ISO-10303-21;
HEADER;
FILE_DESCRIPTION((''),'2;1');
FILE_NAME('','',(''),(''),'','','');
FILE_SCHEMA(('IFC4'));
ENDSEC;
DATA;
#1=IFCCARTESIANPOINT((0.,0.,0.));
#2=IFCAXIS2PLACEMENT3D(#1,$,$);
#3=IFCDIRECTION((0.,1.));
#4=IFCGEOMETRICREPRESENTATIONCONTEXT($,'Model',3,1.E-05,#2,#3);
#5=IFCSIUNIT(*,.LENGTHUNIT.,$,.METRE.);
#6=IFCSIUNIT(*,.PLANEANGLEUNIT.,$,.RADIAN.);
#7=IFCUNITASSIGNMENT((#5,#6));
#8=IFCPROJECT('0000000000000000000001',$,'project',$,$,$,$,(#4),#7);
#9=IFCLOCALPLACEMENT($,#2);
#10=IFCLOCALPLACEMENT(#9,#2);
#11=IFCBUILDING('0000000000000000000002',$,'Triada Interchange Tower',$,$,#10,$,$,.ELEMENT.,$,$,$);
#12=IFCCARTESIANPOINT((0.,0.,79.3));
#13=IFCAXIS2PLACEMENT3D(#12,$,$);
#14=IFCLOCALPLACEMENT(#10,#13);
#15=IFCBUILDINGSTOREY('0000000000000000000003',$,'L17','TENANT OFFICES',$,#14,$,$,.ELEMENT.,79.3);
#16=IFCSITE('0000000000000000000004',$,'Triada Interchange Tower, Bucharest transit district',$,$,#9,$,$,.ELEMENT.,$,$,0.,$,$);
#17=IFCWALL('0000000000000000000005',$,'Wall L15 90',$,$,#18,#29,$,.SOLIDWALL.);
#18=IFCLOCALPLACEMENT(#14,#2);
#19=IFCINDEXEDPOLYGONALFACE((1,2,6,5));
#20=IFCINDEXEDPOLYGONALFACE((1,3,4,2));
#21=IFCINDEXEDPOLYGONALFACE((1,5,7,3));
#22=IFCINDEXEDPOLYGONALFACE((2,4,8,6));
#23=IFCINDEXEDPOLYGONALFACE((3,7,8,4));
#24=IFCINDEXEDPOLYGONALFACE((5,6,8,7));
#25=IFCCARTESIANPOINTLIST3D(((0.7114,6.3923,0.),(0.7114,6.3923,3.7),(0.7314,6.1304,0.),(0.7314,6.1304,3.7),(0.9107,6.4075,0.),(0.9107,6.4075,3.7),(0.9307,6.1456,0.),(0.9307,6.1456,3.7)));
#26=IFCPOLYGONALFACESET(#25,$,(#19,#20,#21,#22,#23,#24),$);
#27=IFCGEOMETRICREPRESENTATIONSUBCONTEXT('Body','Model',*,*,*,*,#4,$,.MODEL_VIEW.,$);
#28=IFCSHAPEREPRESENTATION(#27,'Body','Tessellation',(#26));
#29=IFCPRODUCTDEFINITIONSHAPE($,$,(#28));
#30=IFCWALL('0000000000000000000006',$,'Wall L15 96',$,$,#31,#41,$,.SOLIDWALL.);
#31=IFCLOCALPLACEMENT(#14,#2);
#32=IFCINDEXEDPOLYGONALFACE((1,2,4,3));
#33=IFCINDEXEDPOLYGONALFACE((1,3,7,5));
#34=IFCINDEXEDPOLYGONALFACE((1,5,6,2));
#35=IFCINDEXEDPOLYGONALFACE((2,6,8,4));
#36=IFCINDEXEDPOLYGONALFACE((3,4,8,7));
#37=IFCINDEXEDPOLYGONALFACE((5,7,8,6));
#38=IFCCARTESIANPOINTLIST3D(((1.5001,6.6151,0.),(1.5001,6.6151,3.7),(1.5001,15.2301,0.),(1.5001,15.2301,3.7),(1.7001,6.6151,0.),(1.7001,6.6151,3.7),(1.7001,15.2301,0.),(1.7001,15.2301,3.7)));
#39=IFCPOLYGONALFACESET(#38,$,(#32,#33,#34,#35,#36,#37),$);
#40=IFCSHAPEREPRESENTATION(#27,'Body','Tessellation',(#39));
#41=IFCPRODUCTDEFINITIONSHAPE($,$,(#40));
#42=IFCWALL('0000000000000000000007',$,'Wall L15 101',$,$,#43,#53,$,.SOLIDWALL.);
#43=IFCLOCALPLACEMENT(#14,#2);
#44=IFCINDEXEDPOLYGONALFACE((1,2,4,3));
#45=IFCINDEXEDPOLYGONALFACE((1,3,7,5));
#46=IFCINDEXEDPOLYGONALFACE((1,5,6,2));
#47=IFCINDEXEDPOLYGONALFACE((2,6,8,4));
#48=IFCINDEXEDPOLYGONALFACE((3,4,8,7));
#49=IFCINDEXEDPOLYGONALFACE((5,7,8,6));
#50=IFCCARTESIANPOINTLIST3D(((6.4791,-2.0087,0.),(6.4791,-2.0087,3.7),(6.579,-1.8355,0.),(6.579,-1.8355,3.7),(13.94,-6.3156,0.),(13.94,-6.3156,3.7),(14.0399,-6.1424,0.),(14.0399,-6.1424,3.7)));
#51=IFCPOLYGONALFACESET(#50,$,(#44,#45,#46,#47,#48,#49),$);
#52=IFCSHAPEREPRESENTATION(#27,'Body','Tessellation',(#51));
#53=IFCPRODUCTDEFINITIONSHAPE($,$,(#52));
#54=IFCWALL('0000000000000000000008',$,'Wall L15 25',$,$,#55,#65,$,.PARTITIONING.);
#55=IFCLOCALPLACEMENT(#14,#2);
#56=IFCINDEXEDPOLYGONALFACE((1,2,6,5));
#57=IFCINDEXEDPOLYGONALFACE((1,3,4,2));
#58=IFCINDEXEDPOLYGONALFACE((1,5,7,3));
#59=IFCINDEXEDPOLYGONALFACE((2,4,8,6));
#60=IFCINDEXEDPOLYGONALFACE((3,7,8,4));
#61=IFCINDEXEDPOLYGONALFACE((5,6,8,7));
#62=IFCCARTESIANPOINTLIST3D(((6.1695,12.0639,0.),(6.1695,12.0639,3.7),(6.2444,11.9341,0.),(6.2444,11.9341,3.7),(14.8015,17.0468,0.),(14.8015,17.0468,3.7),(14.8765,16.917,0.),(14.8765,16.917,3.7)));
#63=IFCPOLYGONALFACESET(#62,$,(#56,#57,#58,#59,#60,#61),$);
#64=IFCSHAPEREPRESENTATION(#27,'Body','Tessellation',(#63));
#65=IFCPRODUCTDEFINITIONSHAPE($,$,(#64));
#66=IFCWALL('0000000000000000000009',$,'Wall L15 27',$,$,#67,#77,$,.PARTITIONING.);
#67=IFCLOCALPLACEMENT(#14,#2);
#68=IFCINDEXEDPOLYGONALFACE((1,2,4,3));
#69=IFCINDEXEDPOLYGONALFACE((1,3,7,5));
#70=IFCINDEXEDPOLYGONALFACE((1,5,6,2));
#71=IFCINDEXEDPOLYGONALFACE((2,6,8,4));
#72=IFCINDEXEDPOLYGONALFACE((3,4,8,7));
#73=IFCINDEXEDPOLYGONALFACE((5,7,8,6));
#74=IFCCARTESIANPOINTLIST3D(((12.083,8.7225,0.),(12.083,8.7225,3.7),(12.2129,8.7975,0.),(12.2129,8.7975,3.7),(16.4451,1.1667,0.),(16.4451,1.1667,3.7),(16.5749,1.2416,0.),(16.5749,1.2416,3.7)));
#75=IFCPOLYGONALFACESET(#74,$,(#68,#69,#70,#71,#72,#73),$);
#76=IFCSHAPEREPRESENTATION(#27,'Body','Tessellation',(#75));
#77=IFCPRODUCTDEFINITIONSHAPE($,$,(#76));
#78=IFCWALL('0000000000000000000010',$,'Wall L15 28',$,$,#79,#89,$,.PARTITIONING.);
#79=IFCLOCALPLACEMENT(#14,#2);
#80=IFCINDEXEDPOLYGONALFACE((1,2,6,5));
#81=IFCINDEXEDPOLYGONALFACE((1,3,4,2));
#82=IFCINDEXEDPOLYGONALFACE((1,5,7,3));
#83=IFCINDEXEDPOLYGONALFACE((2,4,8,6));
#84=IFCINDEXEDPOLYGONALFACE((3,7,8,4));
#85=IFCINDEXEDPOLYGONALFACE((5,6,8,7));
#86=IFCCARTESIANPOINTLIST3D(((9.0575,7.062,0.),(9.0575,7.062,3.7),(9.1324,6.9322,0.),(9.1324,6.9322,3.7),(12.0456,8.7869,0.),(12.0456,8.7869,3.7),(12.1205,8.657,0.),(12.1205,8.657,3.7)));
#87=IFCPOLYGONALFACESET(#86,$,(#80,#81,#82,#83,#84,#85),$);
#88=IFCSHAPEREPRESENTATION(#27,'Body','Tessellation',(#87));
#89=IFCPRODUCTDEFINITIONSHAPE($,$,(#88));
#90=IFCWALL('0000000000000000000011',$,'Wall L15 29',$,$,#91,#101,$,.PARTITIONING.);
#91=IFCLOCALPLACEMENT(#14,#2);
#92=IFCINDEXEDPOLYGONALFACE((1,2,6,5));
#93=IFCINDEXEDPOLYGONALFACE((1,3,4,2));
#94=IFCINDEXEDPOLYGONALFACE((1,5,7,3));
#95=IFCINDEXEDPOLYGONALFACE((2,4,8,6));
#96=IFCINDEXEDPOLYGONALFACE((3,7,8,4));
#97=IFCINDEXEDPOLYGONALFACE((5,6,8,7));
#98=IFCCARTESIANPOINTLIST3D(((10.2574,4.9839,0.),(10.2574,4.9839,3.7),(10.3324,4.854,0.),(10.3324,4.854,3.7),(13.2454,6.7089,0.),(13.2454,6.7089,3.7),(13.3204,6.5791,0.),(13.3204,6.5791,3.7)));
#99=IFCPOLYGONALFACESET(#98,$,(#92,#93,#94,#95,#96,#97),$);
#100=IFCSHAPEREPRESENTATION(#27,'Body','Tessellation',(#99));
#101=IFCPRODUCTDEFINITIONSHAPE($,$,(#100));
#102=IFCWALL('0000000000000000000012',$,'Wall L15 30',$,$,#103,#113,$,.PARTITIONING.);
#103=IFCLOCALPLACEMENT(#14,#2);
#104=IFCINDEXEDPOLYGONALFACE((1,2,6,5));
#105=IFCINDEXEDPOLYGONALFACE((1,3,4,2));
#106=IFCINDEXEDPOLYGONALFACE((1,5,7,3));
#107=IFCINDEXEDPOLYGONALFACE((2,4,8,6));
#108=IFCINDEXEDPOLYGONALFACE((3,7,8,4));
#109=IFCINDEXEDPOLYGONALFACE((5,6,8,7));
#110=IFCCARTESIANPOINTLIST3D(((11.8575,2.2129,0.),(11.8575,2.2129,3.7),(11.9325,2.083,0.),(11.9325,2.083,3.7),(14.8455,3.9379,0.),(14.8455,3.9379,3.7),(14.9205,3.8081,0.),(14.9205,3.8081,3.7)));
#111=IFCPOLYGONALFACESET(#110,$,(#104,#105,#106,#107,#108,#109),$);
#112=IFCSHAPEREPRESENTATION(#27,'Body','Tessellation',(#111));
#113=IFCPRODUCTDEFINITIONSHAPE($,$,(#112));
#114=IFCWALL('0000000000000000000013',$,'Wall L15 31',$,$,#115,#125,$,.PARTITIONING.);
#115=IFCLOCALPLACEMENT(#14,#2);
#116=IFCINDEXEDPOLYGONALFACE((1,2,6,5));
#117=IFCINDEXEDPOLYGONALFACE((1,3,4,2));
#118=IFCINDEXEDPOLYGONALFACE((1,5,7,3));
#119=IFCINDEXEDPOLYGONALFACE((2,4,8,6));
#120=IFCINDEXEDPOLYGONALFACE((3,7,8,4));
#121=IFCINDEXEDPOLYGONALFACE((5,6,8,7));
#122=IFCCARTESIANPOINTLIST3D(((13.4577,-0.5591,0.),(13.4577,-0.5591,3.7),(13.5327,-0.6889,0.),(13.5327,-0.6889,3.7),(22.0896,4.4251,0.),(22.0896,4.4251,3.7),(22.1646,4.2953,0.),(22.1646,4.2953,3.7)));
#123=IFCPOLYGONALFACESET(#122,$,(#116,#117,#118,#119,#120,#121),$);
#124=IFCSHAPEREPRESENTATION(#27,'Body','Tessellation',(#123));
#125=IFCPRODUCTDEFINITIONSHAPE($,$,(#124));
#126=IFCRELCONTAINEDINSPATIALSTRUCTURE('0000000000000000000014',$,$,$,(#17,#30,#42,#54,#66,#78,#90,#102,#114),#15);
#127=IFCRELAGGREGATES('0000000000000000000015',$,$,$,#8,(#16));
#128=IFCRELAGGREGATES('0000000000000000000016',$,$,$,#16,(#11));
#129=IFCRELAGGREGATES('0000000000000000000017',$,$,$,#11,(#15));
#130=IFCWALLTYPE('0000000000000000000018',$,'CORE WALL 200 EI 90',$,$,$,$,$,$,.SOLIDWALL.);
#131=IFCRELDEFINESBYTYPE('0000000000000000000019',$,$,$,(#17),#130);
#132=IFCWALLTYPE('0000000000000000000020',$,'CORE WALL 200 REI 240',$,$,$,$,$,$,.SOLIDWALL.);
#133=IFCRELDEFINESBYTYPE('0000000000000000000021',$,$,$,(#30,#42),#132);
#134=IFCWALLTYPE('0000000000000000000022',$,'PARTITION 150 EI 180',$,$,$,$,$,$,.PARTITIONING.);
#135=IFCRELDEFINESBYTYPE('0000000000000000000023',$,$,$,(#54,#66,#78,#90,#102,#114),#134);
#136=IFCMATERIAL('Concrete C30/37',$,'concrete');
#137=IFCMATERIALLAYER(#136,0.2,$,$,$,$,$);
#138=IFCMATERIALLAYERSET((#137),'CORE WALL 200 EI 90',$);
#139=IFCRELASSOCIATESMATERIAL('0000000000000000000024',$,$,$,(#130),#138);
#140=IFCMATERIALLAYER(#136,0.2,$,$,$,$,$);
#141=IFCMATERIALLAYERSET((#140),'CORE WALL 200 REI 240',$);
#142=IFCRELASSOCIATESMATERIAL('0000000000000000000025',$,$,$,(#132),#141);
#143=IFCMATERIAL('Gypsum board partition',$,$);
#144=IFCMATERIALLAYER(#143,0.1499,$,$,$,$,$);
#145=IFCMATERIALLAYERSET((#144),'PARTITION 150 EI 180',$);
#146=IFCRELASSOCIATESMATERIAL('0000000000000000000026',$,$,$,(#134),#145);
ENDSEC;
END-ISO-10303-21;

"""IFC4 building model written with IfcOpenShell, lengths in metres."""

from ifc_helpers import new_model, si_unit, direction, frame, frame_2d, origin, place, context, subcontext, project, spatial, rectangle, extrude, material, layer, layer_set, type_object, element, save


model = new_model("IFC4")

# Units and contexts
model_context = context("Model", 3, precision=1e-05, world=origin(), true_north=direction((0.0, 1.0)))
body_context = subcontext(model_context, "Body", "Model", "MODEL_VIEW")
ifc_project = project(units=[si_unit("LENGTHUNIT", "METRE"), si_unit("PLANEANGLEUNIT", "RADIAN")], contexts=[model_context])

# Site, building, storey
site_placement = place(None, origin())
site = spatial("IfcSite", under=ifc_project, at=site_placement, Name="Triada Interchange Tower, Bucharest transit district", CompositionType="ELEMENT", RefElevation=0.0)
building_placement = place(site_placement, origin())
building = spatial("IfcBuilding", under=site, at=building_placement, Name="Triada Interchange Tower", CompositionType="ELEMENT")
storey_placement = place(building_placement, frame((0.0, 0.0, 79.3)))
storey = spatial("IfcBuildingStorey", under=building, at=storey_placement, Name="L17", Description="TENANT OFFICES", CompositionType="ELEMENT", Elevation=79.3)

# Shared definitions
ifc_material_1 = material(Name="Concrete C30/37", Category="concrete")

# Walls
ifc_layer_1 = layer(ifc_material_1, 0.2)
ifc_layer_set_1 = layer_set([ifc_layer_1], Name="CORE WALL 200 EI 90")
wall_type_1 = type_object("IfcWallType", Name="CORE WALL 200 EI 90", PredefinedType="SOLIDWALL", material=ifc_layer_set_1)
wall_1_placement = place(storey_placement, frame((0.811, 6.3999, 0.0), z_axis=(0.0, 0.0, 1.0), x_axis=(0.076199, -0.997093, 0.0)))
element("IfcWall", 1, at=wall_1_placement, inside=storey, type_object=wall_type_1, Name="Wall L15 90", PredefinedType="SOLIDWALL", context=body_context, shape_type="SweptSolid", body=[
    extrude(rectangle(XDim=0.2627, YDim=0.2, at=frame_2d((0.1313, 0.0))), origin(), (0.0, 0.0, 1.0), 3.7),
])
ifc_layer_2 = layer(ifc_material_1, 0.2)
ifc_layer_set_2 = layer_set([ifc_layer_2], Name="CORE WALL 200 REI 240")
wall_type_2 = type_object("IfcWallType", Name="CORE WALL 200 REI 240", PredefinedType="SOLIDWALL", material=ifc_layer_set_2)
wall_2_placement = place(storey_placement, frame((1.6001, 6.615, 0.0), z_axis=(0.0, 0.0, 1.0), x_axis=(0.0, 1.0, 0.0)))
element("IfcWall", 2, at=wall_2_placement, inside=storey, type_object=wall_type_2, Name="Wall L15 96", PredefinedType="SOLIDWALL", context=body_context, shape_type="SweptSolid", body=[
    extrude(rectangle(XDim=8.615, YDim=0.2, at=frame_2d((4.3076, 0.0))), origin(), (0.0, 0.0, 1.0), 3.7),
])
wall_3_placement = place(storey_placement, frame((6.5291, -1.9221, 0.0), z_axis=(0.0, 0.0, 1.0), x_axis=(0.86606, -0.49994, 0.0)))
element("IfcWall", 3, at=wall_3_placement, inside=storey, type_object=wall_type_2, Name="Wall L15 101", PredefinedType="SOLIDWALL", context=body_context, shape_type="SweptSolid", body=[
    extrude(rectangle(XDim=8.6147, YDim=0.2, at=frame_2d((4.3074, 0.0))), origin(), (0.0, 0.0, 1.0), 3.7),
])
ifc_material_2 = material(Name="Gypsum board partition")
ifc_layer_3 = layer(ifc_material_2, 0.1499)
ifc_layer_set_3 = layer_set([ifc_layer_3], Name="PARTITION 150 EI 180")
wall_type_3 = type_object("IfcWallType", Name="PARTITION 150 EI 180", PredefinedType="PARTITIONING", material=ifc_layer_set_3)
wall_4_placement = place(storey_placement, frame((6.207, 11.999, 0.0), z_axis=(0.0, 0.0, 1.0), x_axis=(0.866061, 0.499938, 0.0)))
element("IfcWall", 4, at=wall_4_placement, inside=storey, type_object=wall_type_3, Name="Wall L15 25", PredefinedType="PARTITIONING", context=body_context, shape_type="SweptSolid", body=[
    extrude(rectangle(XDim=9.967, YDim=0.1499, at=frame_2d((4.9834, 0.0))), origin(), (0.0, 0.0, 1.0), 3.7),
])
wall_5_placement = place(storey_placement, frame((12.1479, 8.76, 0.0), z_axis=(0.0, 0.0, 1.0), x_axis=(0.49997, -0.866043, 0.0)))
element("IfcWall", 5, at=wall_5_placement, inside=storey, type_object=wall_type_3, Name="Wall L15 27", PredefinedType="PARTITIONING", context=body_context, shape_type="SweptSolid", body=[
    extrude(rectangle(XDim=8.7246, YDim=0.1499, at=frame_2d((4.3623, 0.0))), origin(), (0.0, 0.0, 1.0), 3.7),
])
for number, where, z_axis, x_axis, name in (
    (6, (9.095, 6.9971, 0.0), (0.0, 0.0, 1.0), (0.866062, 0.499937, 0.0), "Wall L15 28"),
    (7, (10.2949, 4.9189, 0.0), (0.0, 0.0, 1.0), (0.866031, 0.49999, 0.0), "Wall L15 29"),
    (8, (11.895, 2.1479, 0.0), (0.0, 0.0, 1.0), (0.866031, 0.49999, 0.0), "Wall L15 30"),
):
    element("IfcWall", number, at=place(storey_placement, frame(where, z_axis=z_axis, x_axis=x_axis)), inside=storey, type_object=wall_type_3, Name=name, PredefinedType="PARTITIONING", context=body_context, shape_type="SweptSolid", body=[
        extrude(rectangle(XDim=3.4502, YDim=0.1499, at=frame_2d((1.7251, 0.0))), origin(), (0.0, 0.0, 1.0), 3.7),
    ])
wall_6_placement = place(storey_placement, frame((13.4951, -0.624, 0.0), z_axis=(0.0, 0.0, 1.0), x_axis=(0.866002, 0.50004, 0.0)))
element("IfcWall", 9, at=wall_6_placement, inside=storey, type_object=wall_type_3, Name="Wall L15 31", PredefinedType="PARTITIONING", context=body_context, shape_type="SweptSolid", body=[
    extrude(rectangle(XDim=9.9675, YDim=0.1499, at=frame_2d((4.9839, 0.0))), origin(), (0.0, 0.0, 1.0), 3.7),
])

save(model, "model.ifc")
